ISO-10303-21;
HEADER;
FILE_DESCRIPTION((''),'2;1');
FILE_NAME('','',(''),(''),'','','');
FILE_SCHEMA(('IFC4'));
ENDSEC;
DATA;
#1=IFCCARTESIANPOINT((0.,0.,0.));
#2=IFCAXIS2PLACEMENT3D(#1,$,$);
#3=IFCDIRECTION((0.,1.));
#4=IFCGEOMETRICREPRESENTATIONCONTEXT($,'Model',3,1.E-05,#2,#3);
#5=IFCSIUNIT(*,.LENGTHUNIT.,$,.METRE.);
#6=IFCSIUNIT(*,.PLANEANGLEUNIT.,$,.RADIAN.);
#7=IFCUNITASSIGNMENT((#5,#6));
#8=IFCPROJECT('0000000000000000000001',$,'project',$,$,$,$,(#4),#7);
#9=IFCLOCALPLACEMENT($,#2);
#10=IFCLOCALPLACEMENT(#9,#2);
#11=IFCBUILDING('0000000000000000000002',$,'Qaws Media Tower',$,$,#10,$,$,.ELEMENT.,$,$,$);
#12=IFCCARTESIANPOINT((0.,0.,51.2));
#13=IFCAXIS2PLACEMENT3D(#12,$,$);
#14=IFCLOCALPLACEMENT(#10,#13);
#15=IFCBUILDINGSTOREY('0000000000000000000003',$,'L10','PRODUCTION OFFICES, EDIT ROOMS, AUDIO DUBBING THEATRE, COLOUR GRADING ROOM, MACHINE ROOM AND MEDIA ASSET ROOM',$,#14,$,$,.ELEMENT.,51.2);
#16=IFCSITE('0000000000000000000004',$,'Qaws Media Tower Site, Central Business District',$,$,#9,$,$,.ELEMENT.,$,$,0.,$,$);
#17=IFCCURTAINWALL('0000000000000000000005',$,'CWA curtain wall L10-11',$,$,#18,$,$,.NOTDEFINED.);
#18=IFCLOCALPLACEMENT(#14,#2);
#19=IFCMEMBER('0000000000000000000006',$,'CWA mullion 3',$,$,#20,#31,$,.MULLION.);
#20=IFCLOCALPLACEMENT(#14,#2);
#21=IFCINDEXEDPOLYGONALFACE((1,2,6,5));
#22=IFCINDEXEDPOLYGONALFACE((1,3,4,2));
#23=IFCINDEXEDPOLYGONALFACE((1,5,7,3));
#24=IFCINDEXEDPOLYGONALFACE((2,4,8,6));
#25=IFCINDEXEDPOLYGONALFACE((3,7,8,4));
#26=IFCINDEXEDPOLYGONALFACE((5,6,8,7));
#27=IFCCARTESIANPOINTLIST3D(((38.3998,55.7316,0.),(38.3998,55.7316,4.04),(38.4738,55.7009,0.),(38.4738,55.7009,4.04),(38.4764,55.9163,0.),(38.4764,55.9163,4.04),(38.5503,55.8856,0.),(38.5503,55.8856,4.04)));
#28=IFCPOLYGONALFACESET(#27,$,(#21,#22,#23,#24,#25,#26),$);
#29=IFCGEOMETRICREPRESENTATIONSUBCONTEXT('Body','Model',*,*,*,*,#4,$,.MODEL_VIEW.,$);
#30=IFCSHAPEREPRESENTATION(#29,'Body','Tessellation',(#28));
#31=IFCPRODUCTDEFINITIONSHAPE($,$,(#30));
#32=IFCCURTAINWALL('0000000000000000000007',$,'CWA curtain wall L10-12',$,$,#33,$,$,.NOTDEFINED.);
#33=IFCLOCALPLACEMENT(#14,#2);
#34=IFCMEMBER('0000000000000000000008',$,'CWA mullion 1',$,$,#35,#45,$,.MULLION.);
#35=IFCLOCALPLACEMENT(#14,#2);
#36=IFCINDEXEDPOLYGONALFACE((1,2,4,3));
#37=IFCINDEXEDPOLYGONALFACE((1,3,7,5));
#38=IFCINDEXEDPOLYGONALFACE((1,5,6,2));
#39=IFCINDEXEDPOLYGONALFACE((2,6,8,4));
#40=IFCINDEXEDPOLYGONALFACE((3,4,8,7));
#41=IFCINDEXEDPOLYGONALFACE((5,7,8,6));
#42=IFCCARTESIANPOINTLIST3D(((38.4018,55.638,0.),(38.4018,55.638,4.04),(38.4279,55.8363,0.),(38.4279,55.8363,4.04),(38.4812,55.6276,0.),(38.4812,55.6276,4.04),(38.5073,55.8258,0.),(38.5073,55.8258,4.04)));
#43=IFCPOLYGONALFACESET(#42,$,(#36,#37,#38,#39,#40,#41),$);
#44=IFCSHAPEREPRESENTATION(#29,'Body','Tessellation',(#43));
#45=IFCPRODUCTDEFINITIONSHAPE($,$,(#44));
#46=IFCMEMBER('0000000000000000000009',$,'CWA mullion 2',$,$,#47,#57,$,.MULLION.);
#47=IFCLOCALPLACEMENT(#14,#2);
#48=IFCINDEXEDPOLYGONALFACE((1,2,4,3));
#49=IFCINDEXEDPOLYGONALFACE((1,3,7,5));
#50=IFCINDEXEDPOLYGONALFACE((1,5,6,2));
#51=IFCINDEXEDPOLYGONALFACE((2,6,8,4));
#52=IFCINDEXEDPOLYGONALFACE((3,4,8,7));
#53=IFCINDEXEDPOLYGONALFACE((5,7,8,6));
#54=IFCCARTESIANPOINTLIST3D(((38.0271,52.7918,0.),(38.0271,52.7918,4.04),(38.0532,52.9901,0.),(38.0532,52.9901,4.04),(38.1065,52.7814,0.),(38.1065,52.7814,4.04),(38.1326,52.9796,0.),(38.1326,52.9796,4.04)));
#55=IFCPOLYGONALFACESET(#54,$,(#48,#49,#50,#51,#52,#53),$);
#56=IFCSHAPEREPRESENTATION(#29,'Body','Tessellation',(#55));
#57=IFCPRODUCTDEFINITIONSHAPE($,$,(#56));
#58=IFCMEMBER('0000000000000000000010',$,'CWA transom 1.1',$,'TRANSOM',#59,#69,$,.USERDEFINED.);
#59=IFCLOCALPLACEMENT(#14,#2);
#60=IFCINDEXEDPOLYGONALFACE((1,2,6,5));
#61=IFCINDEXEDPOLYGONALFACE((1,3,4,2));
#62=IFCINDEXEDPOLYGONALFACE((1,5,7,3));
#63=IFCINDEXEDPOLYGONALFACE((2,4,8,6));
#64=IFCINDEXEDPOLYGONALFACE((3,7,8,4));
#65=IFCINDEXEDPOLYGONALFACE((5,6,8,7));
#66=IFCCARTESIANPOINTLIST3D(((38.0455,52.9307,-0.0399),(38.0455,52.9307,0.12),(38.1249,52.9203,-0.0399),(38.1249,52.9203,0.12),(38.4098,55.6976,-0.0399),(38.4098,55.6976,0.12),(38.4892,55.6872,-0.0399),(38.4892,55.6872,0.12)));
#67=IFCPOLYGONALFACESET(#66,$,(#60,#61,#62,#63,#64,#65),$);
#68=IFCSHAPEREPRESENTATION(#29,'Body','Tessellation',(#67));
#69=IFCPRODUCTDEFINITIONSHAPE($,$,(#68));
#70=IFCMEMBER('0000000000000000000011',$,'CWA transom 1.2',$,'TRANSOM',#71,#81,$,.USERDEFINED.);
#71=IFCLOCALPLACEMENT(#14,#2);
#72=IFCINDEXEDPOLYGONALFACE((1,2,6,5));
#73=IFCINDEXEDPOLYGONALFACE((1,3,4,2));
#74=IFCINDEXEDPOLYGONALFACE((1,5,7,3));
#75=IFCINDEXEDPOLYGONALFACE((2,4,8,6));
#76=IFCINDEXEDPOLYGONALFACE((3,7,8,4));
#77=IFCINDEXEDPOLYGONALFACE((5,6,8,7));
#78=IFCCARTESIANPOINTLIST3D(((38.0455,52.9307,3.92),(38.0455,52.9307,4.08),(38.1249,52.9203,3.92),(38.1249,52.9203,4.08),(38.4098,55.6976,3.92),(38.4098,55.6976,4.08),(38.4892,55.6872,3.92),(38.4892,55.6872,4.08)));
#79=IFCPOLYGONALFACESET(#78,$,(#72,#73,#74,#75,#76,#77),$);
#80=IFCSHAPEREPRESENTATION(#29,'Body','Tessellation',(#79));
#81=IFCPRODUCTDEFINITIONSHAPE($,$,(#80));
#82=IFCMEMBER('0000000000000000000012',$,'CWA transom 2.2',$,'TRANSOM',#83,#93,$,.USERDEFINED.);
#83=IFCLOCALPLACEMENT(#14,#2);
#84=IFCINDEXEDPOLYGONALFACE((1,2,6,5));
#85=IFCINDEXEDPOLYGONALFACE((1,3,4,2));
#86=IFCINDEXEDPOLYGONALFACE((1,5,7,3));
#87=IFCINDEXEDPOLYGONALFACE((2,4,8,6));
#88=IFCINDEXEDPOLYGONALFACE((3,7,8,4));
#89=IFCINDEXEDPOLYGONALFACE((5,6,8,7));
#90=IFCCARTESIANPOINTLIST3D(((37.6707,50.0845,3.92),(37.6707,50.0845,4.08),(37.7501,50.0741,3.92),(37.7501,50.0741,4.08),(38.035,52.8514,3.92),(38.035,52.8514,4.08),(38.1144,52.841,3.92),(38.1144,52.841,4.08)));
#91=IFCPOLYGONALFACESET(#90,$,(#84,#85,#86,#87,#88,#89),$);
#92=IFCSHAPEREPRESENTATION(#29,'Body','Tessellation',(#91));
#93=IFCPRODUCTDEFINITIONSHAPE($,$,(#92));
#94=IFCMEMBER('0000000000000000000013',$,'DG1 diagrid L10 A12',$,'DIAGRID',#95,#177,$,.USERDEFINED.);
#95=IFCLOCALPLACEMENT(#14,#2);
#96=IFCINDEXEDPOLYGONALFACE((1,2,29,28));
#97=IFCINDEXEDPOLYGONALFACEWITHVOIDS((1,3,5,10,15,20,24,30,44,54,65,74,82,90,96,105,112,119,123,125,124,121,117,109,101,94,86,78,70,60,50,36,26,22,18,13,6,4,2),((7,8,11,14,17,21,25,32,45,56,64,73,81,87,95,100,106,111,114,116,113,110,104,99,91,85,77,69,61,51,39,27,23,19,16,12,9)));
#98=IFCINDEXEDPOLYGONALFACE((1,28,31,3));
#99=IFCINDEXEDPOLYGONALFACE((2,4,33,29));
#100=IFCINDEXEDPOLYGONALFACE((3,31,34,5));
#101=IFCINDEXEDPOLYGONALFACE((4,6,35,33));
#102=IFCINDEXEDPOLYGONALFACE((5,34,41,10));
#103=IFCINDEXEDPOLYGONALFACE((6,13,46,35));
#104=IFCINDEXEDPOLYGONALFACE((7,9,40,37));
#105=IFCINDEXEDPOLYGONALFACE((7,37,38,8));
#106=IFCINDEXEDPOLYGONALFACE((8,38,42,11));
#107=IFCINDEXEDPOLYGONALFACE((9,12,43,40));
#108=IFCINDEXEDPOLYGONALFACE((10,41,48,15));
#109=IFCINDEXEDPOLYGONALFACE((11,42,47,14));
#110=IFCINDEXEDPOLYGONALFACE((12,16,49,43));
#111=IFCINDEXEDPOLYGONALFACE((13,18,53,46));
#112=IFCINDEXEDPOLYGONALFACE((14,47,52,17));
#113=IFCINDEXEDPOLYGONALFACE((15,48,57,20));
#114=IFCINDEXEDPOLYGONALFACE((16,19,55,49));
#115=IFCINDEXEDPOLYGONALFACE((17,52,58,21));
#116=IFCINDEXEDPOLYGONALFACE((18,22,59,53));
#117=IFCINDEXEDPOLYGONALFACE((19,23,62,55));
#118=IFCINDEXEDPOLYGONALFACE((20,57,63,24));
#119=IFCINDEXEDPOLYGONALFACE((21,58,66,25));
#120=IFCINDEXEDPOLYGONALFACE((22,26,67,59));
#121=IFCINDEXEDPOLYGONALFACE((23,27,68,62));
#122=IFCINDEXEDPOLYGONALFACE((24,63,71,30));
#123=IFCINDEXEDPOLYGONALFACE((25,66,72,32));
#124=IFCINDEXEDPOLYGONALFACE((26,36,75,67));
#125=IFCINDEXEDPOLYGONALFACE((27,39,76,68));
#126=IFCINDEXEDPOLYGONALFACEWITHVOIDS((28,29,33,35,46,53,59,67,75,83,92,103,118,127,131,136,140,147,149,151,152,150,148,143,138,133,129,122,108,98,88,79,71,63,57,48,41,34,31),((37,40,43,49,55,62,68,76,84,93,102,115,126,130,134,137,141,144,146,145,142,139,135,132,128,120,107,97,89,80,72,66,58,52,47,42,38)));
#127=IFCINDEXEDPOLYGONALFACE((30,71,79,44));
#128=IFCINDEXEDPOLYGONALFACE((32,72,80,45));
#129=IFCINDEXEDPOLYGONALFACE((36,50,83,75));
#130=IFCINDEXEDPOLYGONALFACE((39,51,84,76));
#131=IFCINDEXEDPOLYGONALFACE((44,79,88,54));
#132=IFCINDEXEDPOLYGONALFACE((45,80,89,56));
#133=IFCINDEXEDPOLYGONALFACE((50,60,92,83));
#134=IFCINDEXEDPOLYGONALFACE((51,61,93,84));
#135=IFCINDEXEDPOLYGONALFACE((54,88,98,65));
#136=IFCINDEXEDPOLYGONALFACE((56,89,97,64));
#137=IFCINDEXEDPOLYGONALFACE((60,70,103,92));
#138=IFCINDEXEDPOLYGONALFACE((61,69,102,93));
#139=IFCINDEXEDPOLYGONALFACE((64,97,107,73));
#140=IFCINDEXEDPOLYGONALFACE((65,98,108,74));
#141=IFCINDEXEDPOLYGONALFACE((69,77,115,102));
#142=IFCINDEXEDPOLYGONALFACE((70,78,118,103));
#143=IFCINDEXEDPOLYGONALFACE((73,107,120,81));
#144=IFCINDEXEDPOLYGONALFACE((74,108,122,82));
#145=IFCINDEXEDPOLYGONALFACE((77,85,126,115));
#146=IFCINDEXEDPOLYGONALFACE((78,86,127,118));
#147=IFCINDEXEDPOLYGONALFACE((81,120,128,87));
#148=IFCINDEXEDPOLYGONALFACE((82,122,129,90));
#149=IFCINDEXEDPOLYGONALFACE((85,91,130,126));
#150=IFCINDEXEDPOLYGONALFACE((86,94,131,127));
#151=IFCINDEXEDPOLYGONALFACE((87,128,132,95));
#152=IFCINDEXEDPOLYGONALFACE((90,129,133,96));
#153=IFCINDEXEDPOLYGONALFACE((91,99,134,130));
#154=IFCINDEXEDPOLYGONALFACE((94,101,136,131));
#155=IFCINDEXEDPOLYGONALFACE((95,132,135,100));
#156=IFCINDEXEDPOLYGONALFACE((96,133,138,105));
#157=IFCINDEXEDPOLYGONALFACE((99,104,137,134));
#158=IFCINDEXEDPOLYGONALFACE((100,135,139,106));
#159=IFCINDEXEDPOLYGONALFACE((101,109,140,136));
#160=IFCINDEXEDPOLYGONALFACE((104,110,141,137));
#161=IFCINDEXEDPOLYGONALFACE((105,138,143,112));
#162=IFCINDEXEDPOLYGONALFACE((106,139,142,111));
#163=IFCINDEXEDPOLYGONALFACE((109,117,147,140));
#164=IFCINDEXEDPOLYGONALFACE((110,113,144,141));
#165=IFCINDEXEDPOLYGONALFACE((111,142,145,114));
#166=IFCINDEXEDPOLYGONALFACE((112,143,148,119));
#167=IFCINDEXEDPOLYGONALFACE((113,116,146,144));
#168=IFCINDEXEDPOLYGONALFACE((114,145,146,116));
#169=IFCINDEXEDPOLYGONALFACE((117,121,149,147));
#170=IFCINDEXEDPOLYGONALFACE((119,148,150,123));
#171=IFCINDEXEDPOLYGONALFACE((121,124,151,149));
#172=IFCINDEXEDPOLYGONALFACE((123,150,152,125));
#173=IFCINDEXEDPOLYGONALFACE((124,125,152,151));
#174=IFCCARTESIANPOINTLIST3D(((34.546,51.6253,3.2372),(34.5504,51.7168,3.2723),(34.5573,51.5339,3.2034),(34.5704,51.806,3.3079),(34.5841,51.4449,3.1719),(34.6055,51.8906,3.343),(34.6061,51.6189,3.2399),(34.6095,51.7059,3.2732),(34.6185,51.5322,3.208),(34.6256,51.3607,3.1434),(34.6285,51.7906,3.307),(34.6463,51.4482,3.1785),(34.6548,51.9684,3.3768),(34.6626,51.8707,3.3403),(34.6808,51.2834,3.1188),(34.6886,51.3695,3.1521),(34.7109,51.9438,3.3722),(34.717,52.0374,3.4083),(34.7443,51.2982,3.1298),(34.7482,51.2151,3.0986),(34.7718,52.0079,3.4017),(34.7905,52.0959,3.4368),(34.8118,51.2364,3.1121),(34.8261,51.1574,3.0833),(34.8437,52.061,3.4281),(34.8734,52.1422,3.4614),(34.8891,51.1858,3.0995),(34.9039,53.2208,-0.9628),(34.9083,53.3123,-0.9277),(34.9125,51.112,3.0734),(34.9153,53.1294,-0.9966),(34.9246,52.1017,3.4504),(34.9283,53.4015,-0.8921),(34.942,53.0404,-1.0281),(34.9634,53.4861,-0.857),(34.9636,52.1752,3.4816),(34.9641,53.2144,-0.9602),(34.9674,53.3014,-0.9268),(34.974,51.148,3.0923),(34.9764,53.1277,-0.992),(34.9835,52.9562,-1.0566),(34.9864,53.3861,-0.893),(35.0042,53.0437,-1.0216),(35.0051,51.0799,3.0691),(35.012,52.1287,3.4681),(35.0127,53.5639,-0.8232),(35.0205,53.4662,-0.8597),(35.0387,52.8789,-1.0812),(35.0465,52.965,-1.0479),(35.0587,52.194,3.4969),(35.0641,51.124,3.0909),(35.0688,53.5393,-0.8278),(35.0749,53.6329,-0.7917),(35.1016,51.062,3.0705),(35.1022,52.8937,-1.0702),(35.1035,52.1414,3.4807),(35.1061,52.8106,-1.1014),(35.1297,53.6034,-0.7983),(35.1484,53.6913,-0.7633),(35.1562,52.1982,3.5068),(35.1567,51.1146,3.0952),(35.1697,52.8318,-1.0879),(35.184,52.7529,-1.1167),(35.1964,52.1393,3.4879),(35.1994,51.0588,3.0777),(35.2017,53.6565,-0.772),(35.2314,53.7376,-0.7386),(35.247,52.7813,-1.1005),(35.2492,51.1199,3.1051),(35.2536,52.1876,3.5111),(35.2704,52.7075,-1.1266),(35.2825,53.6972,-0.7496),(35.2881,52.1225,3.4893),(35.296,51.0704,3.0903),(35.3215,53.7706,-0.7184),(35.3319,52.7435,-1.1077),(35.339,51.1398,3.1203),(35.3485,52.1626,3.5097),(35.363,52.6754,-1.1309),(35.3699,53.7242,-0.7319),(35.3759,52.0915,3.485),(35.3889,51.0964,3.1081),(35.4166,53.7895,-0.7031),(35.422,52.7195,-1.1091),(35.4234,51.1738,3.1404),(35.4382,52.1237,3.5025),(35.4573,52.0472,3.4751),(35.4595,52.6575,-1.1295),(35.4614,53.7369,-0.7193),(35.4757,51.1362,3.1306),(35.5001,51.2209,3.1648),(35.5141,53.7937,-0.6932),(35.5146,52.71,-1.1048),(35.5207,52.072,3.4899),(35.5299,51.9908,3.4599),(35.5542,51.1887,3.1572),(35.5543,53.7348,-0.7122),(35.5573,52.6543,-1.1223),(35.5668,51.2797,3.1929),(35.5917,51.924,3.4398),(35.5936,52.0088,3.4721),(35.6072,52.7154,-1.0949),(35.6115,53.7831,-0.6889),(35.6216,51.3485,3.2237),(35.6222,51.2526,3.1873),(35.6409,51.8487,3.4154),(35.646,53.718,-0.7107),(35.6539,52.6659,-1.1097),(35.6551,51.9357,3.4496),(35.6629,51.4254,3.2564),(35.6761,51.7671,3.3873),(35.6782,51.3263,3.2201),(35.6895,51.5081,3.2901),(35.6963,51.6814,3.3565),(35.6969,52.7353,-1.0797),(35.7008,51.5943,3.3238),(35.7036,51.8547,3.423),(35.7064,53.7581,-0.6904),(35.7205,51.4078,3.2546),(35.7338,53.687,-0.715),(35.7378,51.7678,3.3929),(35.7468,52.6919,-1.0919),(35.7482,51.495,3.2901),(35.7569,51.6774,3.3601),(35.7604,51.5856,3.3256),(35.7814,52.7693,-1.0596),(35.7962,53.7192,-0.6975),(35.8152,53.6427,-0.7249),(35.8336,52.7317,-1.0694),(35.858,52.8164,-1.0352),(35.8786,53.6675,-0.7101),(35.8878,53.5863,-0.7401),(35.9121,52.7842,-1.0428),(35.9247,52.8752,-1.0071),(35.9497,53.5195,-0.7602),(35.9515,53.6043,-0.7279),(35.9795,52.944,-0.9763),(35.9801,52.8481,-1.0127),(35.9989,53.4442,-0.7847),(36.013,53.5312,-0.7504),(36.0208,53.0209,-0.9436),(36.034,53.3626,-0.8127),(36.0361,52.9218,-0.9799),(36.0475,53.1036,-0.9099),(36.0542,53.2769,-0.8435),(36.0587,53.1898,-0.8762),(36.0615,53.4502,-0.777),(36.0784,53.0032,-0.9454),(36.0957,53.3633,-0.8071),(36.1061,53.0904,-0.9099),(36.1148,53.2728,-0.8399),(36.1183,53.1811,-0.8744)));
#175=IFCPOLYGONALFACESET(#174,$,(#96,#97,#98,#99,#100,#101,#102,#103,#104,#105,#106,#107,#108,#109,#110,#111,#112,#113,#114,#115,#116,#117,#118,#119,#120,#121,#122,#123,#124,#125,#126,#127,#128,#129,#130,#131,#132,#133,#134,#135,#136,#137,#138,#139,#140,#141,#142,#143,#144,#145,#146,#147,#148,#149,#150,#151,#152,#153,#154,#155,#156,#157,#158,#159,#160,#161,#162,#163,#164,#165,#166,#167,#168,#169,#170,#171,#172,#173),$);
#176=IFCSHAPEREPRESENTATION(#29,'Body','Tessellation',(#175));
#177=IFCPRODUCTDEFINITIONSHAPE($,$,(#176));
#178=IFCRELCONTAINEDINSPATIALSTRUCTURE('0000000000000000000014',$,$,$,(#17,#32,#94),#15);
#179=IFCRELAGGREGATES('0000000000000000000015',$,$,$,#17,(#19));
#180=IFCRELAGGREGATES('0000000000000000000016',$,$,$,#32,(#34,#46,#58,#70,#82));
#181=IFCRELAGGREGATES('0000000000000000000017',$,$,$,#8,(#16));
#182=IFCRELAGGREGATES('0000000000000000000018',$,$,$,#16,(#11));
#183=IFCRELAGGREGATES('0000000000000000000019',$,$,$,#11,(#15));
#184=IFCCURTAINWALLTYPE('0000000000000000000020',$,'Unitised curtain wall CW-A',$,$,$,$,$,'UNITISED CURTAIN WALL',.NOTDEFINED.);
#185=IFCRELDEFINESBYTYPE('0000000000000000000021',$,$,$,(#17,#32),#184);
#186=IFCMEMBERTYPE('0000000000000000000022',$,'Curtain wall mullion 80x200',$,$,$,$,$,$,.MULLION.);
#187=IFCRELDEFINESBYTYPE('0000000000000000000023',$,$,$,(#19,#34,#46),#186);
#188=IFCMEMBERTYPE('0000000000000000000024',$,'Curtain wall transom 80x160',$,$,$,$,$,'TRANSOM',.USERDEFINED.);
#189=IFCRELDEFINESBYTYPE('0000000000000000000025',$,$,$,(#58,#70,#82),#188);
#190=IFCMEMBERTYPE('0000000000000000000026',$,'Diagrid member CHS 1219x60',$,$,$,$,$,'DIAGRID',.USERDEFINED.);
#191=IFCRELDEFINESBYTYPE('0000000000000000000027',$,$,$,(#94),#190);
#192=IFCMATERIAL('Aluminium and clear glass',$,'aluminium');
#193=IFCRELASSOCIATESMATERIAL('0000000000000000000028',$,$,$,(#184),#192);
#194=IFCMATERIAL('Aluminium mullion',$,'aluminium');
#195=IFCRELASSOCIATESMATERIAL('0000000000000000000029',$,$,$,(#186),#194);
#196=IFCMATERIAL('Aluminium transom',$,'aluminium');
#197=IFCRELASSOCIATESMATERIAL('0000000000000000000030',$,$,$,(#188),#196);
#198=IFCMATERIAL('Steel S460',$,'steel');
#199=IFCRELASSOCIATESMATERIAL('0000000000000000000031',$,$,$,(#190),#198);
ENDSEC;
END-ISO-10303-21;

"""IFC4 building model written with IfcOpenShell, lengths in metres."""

from ifc_helpers import new_model, si_unit, direction, frame, origin, origin_2d, place, context, subcontext, project, spatial, rectangle, hollow_circle, extrude, material, material_profile, profile_set, type_object, element, aggregate, save


model = new_model("IFC4")

# Units and contexts
model_context = context("Model", 3, precision=1e-05, world=origin(), true_north=direction((0.0, 1.0)))
body_context = subcontext(model_context, "Body", "Model", "MODEL_VIEW")
ifc_project = project(units=[si_unit("LENGTHUNIT", "METRE"), si_unit("PLANEANGLEUNIT", "RADIAN")], contexts=[model_context])

# Site, building, storey
site_placement = place(None, origin())
site = spatial("IfcSite", under=ifc_project, at=site_placement, Name="Qaws Media Tower Site, Central Business District", CompositionType="ELEMENT", RefElevation=0.0)
building_placement = place(site_placement, origin())
building = spatial("IfcBuilding", under=site, at=building_placement, Name="Qaws Media Tower", CompositionType="ELEMENT")
storey_placement = place(building_placement, frame((0.0, 0.0, 51.2)))
storey = spatial("IfcBuildingStorey", under=building, at=storey_placement, Name="L10", Description="PRODUCTION OFFICES, EDIT ROOMS, AUDIO DUBBING THEATRE, COLOUR GRADING ROOM, MACHINE ROOM AND MEDIA ASSET ROOM", CompositionType="ELEMENT", Elevation=51.2)

# Curtain wall, member
ifc_material_1 = material(Name="Aluminium and clear glass", Category="aluminium")
curtain_wall_type = type_object("IfcCurtainWallType", Name="Unitised curtain wall CW-A", ElementType="UNITISED CURTAIN WALL", PredefinedType="NOTDEFINED", material=ifc_material_1)
curtain_wall_1_placement = place(storey_placement, origin())
curtain_wall_1 = element("IfcCurtainWall", 1, at=curtain_wall_1_placement, inside=storey, type_object=curtain_wall_type, Name="CWA curtain wall L10-11", PredefinedType="NOTDEFINED")
ifc_material_2 = material(Name="Aluminium mullion", Category="aluminium")
ifc_material_profile_1 = material_profile(ifc_material_2, rectangle(XDim=0.0801, YDim=0.2, at=origin_2d()), Name="80x200")
ifc_profile_set_1 = profile_set([ifc_material_profile_1], Name="Aluminium mullion")
member_type_1 = type_object("IfcMemberType", Name="Curtain wall mullion 80x200", PredefinedType="MULLION", material=ifc_profile_set_1)
member_1_placement = place(storey_placement, frame((38.4751, 55.8086, 0.0), z_axis=(0.0, 0.0, 1.0), x_axis=(0.92388, -0.382683, 0.0)))
member_1 = element("IfcMember", 2, at=member_1_placement, type_object=member_type_1, Name="CWA mullion 3", PredefinedType="MULLION", context=body_context, shape_type="SweptSolid", body=[
    extrude(rectangle(XDim=0.0801, YDim=0.2, at=origin_2d()), origin(), (0.0, 0.0, 1.0), 4.04),
])

# Curtain wall, members
curtain_wall_2_placement = place(storey_placement, origin())
curtain_wall_2 = element("IfcCurtainWall", 3, at=curtain_wall_2_placement, inside=storey, type_object=curtain_wall_type, Name="CWA curtain wall L10-12", PredefinedType="NOTDEFINED")
member_2_placement = place(storey_placement, frame((38.4546, 55.7319, 0.0), z_axis=(0.0, 0.0, 1.0), x_axis=(0.991445, -0.130526, 0.0)))
member_2 = element("IfcMember", 4, at=member_2_placement, type_object=member_type_1, Name="CWA mullion 1", PredefinedType="MULLION", context=body_context, shape_type="SweptSolid", body=[
    extrude(rectangle(XDim=0.0801, YDim=0.2, at=origin_2d()), origin(), (0.0, 0.0, 1.0), 4.04),
])
member_3_placement = place(storey_placement, frame((38.0798, 52.8857, 0.0), z_axis=(0.0, 0.0, 1.0), x_axis=(0.991445, -0.130526, 0.0)))
member_3 = element("IfcMember", 5, at=member_3_placement, type_object=member_type_1, Name="CWA mullion 2", PredefinedType="MULLION", context=body_context, shape_type="SweptSolid", body=[
    extrude(rectangle(XDim=0.0801, YDim=0.2, at=origin_2d()), origin(), (0.0, 0.0, 1.0), 4.04),
])
ifc_material_3 = material(Name="Aluminium transom", Category="aluminium")
ifc_material_profile_2 = material_profile(ifc_material_3, rectangle(XDim=0.0801, YDim=0.1599, at=origin_2d()), Name="80x160")
ifc_profile_set_2 = profile_set([ifc_material_profile_2], Name="Aluminium transom")
member_type_2 = type_object("IfcMemberType", Name="Curtain wall transom 80x160", ElementType="TRANSOM", PredefinedType="USERDEFINED", material=ifc_profile_set_2)
member_4_placement = place(storey_placement, frame((38.4495, 55.6924, 0.04), z_axis=(-0.130525, -0.991445, 0.0), x_axis=(0.991445, -0.130525, 0.0)))
member_4 = element("IfcMember", 6, at=member_4_placement, type_object=member_type_2, Name="CWA transom 1.1", ObjectType="TRANSOM", PredefinedType="USERDEFINED", context=body_context, shape_type="SweptSolid", body=[
    extrude(rectangle(XDim=0.0801, YDim=0.1599, at=origin_2d()), origin(), (0.0, 0.0, 1.0), 2.7908),
])
member_5_placement = place(storey_placement, frame((38.4495, 55.6924, 4.0), z_axis=(-0.130525, -0.991445, 0.0), x_axis=(0.991445, -0.130525, 0.0)))
member_5 = element("IfcMember", 7, at=member_5_placement, type_object=member_type_2, Name="CWA transom 1.2", ObjectType="TRANSOM", PredefinedType="USERDEFINED", context=body_context, shape_type="SweptSolid", body=[
    extrude(rectangle(XDim=0.0801, YDim=0.1599, at=origin_2d()), origin(), (0.0, 0.0, 1.0), 2.7908),
])
member_6_placement = place(storey_placement, frame((38.0747, 52.8462, 4.0), z_axis=(-0.130525, -0.991445, 0.0), x_axis=(0.991445, -0.130525, 0.0)))
member_6 = element("IfcMember", 8, at=member_6_placement, type_object=member_type_2, Name="CWA transom 2.2", ObjectType="TRANSOM", PredefinedType="USERDEFINED", context=body_context, shape_type="SweptSolid", body=[
    extrude(rectangle(XDim=0.0801, YDim=0.1599, at=origin_2d()), origin(), (0.0, 0.0, 1.0), 2.7908),
])

# Member
ifc_material_4 = material(Name="Steel S460", Category="steel")
ifc_material_profile_3 = material_profile(ifc_material_4, hollow_circle(Radius=0.6096, WallThickness=0.0601, at=origin_2d()), Name="CHS 1219x60")
ifc_profile_set_3 = profile_set([ifc_material_profile_3], Name="Steel S460")
member_type_3 = type_object("IfcMemberType", Name="Diagrid member CHS 1219x60", ElementType="DIAGRID", PredefinedType="USERDEFINED", material=ifc_profile_set_3)
for number, where, z_axis, x_axis, name in (
    (9, (35.5112, 53.2239, -0.9099), (-0.079412, -0.353995, 0.93187), (0.975749, -0.21889, 0.0), "DG1 diagrid L10 A12"),
):
    element("IfcMember", number, at=place(storey_placement, frame(where, z_axis=z_axis, x_axis=x_axis)), inside=storey, type_object=member_type_3, Name=name, ObjectType="DIAGRID", PredefinedType="USERDEFINED", context=body_context, shape_type="SweptSolid", body=[
        extrude(hollow_circle(Radius=0.6096, WallThickness=0.0601, at=origin_2d()), origin(), (0.0, 0.0, 1.0), 4.5071),
    ])

aggregate(curtain_wall_1, [member_1])
aggregate(curtain_wall_2, [member_2, member_3, member_4, member_5, member_6])

save(model, "model.ifc")
